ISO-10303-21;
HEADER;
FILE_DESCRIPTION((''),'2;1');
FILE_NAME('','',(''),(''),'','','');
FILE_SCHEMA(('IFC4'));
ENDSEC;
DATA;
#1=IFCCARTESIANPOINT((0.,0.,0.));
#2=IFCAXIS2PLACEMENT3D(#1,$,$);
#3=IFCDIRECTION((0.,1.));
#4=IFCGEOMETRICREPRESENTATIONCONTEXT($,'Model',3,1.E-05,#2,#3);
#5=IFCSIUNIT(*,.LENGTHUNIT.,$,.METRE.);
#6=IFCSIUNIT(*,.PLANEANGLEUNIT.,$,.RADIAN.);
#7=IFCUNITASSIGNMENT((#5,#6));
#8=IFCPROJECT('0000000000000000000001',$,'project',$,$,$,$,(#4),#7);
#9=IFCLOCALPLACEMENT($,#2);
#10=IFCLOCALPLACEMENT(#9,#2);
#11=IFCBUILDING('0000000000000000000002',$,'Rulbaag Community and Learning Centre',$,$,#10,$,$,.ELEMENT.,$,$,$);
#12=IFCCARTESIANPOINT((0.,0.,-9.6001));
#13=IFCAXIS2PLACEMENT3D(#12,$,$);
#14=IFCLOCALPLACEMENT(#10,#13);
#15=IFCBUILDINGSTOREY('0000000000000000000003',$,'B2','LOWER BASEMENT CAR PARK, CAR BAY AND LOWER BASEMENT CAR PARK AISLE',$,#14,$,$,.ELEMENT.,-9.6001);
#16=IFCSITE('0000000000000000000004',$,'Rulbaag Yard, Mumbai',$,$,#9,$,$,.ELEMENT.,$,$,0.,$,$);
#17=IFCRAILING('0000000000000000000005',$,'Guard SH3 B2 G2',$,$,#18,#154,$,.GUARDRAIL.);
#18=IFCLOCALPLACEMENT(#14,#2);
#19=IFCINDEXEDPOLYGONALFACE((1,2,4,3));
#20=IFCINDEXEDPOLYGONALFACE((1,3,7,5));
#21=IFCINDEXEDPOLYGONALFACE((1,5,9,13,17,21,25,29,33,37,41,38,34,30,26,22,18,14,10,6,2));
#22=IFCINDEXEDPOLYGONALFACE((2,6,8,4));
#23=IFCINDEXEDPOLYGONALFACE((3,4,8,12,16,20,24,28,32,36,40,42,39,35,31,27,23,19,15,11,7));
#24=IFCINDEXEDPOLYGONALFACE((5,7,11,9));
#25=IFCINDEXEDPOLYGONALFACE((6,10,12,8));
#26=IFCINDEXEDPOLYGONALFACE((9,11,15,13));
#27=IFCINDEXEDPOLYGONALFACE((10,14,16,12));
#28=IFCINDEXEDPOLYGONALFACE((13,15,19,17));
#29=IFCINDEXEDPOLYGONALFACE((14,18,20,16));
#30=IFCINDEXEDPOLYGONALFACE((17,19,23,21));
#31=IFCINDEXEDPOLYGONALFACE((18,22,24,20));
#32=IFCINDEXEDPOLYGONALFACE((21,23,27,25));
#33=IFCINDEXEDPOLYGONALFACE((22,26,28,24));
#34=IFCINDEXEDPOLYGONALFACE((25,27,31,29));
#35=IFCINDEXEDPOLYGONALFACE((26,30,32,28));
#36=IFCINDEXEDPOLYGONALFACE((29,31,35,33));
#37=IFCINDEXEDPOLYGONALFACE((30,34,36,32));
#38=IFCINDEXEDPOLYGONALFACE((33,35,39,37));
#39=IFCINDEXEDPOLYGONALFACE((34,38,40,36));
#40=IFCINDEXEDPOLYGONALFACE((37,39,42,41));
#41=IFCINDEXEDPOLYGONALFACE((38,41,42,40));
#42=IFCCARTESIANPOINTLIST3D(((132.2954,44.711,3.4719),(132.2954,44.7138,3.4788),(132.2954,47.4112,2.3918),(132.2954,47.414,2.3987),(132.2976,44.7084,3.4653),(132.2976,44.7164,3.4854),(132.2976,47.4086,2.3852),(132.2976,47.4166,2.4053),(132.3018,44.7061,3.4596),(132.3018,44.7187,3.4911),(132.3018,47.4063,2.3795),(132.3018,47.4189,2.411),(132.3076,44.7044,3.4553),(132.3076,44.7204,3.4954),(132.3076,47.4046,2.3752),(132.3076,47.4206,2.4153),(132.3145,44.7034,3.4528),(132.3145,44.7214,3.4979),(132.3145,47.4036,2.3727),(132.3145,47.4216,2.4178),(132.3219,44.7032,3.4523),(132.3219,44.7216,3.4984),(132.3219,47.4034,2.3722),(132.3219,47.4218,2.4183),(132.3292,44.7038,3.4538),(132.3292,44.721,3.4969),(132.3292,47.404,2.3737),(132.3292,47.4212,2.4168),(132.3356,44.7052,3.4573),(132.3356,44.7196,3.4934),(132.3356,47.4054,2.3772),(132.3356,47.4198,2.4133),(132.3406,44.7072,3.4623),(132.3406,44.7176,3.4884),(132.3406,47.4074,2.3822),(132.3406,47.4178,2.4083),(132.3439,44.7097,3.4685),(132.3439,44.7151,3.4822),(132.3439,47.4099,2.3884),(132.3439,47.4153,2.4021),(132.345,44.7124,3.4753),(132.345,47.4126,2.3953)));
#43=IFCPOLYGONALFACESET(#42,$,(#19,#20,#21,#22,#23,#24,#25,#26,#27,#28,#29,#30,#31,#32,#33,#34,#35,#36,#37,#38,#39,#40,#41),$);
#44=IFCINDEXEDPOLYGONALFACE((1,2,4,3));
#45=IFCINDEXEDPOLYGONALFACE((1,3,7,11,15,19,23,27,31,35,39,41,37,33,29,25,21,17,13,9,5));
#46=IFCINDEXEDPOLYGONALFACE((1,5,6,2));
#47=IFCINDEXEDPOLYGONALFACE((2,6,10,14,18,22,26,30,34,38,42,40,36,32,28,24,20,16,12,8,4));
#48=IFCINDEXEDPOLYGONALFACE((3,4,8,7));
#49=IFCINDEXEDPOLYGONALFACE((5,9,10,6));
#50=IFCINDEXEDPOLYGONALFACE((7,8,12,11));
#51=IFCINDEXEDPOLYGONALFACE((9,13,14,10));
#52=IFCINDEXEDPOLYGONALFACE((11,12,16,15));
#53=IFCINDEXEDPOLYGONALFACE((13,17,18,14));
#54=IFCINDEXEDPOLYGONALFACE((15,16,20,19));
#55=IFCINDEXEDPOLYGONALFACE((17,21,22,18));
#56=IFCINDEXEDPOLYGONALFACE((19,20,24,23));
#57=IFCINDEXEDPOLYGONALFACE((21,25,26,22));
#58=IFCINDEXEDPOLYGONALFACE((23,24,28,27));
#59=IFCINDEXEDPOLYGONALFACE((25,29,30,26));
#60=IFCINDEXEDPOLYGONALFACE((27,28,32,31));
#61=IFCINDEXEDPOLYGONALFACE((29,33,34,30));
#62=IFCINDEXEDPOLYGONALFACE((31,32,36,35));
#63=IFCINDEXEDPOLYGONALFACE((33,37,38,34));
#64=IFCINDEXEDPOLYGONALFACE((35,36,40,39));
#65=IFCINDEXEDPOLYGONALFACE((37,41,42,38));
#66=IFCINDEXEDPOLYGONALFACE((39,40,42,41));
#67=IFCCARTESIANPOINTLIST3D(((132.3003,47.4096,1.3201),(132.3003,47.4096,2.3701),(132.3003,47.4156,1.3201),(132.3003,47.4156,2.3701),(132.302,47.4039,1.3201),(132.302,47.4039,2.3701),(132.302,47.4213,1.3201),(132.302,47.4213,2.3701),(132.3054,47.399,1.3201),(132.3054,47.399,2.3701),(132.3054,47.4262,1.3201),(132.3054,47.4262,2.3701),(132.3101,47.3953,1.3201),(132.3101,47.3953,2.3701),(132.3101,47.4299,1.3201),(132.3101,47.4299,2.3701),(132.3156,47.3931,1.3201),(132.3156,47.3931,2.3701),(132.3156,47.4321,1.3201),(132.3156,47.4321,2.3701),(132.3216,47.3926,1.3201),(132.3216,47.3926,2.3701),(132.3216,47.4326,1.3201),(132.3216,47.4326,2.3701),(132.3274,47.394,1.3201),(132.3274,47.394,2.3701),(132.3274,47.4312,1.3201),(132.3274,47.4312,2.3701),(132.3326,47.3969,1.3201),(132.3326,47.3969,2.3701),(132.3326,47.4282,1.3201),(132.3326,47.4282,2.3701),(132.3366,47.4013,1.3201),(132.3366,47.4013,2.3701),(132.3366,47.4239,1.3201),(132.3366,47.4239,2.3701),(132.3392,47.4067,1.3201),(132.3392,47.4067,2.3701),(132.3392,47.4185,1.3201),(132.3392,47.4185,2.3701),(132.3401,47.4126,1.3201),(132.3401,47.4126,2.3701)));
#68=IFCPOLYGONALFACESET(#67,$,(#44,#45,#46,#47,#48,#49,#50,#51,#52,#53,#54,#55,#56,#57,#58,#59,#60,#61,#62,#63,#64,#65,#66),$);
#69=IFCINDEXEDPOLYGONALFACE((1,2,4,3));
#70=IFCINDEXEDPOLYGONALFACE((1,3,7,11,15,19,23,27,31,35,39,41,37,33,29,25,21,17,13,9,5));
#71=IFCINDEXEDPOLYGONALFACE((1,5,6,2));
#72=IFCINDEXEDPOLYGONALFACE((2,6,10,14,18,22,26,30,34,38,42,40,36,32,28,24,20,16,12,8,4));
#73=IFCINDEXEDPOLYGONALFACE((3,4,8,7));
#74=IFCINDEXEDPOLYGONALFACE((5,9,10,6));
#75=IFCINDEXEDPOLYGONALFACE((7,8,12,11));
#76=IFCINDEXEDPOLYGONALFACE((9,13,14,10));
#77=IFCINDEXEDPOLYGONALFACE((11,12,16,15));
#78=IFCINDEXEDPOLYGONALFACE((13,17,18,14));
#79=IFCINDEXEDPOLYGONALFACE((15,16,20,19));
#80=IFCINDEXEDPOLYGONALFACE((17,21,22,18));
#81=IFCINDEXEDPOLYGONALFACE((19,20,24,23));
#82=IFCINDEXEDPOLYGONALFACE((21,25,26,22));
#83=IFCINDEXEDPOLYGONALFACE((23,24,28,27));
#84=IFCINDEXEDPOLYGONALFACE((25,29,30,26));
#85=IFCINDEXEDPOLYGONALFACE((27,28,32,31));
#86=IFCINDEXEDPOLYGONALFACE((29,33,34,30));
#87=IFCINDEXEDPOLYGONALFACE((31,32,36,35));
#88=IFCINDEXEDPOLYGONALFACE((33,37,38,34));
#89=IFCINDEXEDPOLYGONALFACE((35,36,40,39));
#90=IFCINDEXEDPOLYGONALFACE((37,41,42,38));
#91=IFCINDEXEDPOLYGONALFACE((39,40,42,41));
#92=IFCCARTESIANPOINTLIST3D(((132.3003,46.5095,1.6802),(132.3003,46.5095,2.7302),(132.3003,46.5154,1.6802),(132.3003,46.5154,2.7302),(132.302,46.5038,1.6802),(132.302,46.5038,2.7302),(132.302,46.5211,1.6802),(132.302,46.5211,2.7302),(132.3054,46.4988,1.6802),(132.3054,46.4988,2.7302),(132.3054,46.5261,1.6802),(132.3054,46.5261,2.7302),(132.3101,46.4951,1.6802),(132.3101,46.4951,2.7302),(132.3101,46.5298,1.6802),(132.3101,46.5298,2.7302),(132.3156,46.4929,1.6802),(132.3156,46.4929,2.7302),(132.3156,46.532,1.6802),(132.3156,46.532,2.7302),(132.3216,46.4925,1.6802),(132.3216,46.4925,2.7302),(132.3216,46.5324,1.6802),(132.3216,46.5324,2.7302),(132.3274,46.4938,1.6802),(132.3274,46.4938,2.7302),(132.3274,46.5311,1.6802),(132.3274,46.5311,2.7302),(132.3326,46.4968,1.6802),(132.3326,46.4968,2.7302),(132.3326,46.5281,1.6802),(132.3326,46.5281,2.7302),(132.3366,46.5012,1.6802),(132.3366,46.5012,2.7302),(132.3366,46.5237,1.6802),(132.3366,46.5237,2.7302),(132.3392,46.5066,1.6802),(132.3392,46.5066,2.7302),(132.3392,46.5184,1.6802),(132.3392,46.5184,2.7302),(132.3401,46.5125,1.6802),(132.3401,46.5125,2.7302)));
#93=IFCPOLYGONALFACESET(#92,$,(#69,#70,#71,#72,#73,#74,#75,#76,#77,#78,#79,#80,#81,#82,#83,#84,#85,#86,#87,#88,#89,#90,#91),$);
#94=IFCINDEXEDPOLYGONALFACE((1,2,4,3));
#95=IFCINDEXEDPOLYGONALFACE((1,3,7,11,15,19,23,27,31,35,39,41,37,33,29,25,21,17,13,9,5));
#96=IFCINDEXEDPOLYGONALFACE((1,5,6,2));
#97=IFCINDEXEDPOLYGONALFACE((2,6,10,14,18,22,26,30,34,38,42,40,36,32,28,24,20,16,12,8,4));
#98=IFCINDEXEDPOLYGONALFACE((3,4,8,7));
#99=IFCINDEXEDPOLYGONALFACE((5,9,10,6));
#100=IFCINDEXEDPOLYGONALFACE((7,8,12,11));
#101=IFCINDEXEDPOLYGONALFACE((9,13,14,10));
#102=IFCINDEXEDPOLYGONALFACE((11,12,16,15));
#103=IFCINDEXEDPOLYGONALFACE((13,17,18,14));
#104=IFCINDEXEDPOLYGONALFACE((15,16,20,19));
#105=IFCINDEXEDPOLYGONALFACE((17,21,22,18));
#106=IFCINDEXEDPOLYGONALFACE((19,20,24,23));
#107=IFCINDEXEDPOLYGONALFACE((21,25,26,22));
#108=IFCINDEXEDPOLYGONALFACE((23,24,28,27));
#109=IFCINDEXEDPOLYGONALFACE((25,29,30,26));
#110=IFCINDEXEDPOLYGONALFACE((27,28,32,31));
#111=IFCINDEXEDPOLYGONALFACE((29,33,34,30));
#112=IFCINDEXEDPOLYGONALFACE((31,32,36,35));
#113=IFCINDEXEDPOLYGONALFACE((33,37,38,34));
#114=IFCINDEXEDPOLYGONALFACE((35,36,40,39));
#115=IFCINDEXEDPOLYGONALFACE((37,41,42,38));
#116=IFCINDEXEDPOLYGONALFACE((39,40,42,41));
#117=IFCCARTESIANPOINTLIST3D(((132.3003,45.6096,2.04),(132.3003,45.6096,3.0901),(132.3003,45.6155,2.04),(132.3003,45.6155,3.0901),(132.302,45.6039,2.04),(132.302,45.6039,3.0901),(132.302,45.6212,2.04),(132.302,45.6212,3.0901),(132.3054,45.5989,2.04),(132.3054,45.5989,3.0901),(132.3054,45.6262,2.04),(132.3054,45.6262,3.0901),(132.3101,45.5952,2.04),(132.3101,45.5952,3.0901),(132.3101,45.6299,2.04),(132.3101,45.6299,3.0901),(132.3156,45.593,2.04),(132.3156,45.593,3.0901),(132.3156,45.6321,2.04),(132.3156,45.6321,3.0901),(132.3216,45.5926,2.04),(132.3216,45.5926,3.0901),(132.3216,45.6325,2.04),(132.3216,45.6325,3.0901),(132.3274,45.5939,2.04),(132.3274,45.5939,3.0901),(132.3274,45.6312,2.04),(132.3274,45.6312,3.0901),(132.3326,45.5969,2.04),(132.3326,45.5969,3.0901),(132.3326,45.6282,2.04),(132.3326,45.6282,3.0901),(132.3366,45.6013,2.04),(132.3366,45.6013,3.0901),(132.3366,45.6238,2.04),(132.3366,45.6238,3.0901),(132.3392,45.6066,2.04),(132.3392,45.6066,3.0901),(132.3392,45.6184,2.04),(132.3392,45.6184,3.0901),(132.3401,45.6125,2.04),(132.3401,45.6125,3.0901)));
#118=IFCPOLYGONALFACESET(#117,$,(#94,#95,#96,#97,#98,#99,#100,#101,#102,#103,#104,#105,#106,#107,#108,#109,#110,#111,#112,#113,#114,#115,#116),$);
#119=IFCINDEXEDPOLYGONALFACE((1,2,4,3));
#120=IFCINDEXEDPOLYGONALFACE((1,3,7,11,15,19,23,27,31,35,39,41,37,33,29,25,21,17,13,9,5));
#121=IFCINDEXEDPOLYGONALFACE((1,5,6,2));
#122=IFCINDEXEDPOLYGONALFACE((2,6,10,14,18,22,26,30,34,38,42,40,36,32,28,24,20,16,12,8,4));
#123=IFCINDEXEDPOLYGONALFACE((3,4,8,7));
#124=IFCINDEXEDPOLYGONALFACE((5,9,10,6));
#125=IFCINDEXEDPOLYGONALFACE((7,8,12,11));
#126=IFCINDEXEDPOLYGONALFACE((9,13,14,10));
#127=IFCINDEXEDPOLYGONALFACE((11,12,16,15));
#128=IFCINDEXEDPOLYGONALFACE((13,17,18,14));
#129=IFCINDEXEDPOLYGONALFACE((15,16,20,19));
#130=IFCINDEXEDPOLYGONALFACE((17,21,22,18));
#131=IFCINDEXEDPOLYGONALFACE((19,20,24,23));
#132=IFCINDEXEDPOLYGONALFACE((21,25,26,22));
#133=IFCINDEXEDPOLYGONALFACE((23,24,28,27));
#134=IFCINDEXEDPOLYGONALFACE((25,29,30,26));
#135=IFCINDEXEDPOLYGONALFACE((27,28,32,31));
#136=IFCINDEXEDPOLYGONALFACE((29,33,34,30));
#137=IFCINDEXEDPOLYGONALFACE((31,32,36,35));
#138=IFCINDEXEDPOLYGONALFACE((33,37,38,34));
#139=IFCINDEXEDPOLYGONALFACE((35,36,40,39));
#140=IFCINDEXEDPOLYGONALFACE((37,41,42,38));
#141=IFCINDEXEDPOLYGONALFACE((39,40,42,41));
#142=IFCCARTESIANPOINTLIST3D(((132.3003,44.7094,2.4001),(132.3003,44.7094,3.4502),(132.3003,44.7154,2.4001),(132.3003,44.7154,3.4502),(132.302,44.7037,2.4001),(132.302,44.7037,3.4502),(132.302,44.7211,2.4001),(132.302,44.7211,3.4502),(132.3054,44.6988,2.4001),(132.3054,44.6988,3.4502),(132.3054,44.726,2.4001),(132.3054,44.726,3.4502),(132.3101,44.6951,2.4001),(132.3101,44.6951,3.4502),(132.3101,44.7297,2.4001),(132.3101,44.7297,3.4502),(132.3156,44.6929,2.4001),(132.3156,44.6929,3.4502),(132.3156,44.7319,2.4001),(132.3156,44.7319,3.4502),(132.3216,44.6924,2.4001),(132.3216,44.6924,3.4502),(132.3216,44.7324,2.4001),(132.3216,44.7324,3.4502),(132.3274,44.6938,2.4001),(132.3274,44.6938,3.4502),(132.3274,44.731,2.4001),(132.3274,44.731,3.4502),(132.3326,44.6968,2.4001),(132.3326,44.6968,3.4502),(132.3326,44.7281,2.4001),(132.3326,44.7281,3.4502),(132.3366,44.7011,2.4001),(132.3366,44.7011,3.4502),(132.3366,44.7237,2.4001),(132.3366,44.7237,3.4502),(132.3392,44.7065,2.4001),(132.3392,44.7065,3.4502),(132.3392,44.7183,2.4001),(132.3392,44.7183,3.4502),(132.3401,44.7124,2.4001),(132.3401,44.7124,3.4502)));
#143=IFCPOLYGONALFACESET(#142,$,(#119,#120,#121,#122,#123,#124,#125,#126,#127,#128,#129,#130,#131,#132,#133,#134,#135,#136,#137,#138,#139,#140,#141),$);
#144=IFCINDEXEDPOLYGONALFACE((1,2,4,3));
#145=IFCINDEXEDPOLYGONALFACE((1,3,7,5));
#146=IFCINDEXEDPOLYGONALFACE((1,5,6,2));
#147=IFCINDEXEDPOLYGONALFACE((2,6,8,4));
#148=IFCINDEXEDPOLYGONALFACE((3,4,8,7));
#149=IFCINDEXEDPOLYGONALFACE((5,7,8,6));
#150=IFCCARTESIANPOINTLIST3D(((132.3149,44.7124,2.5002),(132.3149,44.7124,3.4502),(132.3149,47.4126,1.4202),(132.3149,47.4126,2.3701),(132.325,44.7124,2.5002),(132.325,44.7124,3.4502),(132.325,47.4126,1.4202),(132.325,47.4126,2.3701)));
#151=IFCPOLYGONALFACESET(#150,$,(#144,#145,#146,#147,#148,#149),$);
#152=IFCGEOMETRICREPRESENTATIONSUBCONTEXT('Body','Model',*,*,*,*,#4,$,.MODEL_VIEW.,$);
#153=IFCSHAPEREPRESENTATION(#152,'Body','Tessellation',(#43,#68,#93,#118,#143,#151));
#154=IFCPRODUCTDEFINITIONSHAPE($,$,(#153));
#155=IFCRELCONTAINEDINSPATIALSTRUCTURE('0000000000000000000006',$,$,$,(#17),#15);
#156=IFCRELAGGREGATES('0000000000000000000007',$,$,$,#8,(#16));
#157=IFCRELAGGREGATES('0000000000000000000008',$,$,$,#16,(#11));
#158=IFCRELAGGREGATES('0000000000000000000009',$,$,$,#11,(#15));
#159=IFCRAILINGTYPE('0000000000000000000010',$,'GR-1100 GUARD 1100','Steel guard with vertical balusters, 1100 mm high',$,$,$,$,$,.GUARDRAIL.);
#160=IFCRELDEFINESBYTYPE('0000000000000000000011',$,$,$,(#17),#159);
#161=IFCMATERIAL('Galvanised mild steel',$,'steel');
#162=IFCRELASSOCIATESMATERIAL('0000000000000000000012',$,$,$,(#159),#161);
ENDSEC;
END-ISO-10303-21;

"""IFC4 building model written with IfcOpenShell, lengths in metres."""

from ifc_helpers import new_model, si_unit, direction, frame, origin, origin_2d, place, context, subcontext, project, spatial, polyline, circle, outline, extrude, material, type_object, element, save


model = new_model("IFC4")

# Units and contexts
model_context = context("Model", 3, precision=1e-05, world=origin(), true_north=direction((0.0, 1.0)))
body_context = subcontext(model_context, "Body", "Model", "MODEL_VIEW")
ifc_project = project(units=[si_unit("LENGTHUNIT", "METRE"), si_unit("PLANEANGLEUNIT", "RADIAN")], contexts=[model_context])

# Site, building, storey
site_placement = place(None, origin())
site = spatial("IfcSite", under=ifc_project, at=site_placement, Name="Rulbaag Yard, Mumbai", CompositionType="ELEMENT", RefElevation=0.0)
building_placement = place(site_placement, origin())
building = spatial("IfcBuilding", under=site, at=building_placement, Name="Rulbaag Community and Learning Centre", CompositionType="ELEMENT")
storey_placement = place(building_placement, frame((0.0, 0.0, -9.6001)))
storey = spatial("IfcBuildingStorey", under=building, at=storey_placement, Name="B2", Description="LOWER BASEMENT CAR PARK, CAR BAY AND LOWER BASEMENT CAR PARK AISLE", CompositionType="ELEMENT", Elevation=-9.6001)

# Railing
ifc_material_1 = material(Name="Galvanised mild steel", Category="steel")
railing_type_1 = type_object("IfcRailingType", Name="GR-1100 GUARD 1100", Description="Steel guard with vertical balusters, 1100 mm high", PredefinedType="GUARDRAIL", material=ifc_material_1)
railing_1_placement = place(storey_placement, frame((132.3201, 47.4126, 1.3201)))
element("IfcRailing", 1, at=railing_1_placement, inside=storey, type_object=railing_type_1, Name="Guard SH3 B2 G2", PredefinedType="GUARDRAIL", context=body_context, shape_type="SweptSolid", body=[
    extrude(circle(Radius=0.0249, at=origin_2d()), frame((0.0, 0.0, 1.0752), z_axis=(0.0, -0.928477, 0.371391), x_axis=(1.0, 0.0, 0.0)), (0.0, 0.0, 1.0), 2.9082),
    extrude(circle(Radius=0.02, at=origin_2d()), origin(), (0.0, 0.0, 1.0), 1.05),
    extrude(circle(Radius=0.02, at=origin_2d()), frame((0.0, -0.9001, 0.3601)), (0.0, 0.0, 1.0), 1.05),
    extrude(circle(Radius=0.02, at=origin_2d()), frame((0.0, -1.8, 0.72)), (0.0, 0.0, 1.0), 1.05),
    extrude(circle(Radius=0.02, at=origin_2d()), frame((0.0, -2.7002, 1.0801)), (0.0, 0.0, 1.0), 1.05),
    extrude(outline(polyline([(0.0, 0.0), (2.7002, 1.0801), (2.7002, 2.03), (0.0, 0.95), (0.0, 0.0)])), frame((0.0049, 0.0, 0.1001), z_axis=(-1.0, 0.0, 0.0), x_axis=(0.0, -1.0, 0.0)), (0.0, 0.0, 1.0), 0.01),
])

save(model, "model.ifc")
